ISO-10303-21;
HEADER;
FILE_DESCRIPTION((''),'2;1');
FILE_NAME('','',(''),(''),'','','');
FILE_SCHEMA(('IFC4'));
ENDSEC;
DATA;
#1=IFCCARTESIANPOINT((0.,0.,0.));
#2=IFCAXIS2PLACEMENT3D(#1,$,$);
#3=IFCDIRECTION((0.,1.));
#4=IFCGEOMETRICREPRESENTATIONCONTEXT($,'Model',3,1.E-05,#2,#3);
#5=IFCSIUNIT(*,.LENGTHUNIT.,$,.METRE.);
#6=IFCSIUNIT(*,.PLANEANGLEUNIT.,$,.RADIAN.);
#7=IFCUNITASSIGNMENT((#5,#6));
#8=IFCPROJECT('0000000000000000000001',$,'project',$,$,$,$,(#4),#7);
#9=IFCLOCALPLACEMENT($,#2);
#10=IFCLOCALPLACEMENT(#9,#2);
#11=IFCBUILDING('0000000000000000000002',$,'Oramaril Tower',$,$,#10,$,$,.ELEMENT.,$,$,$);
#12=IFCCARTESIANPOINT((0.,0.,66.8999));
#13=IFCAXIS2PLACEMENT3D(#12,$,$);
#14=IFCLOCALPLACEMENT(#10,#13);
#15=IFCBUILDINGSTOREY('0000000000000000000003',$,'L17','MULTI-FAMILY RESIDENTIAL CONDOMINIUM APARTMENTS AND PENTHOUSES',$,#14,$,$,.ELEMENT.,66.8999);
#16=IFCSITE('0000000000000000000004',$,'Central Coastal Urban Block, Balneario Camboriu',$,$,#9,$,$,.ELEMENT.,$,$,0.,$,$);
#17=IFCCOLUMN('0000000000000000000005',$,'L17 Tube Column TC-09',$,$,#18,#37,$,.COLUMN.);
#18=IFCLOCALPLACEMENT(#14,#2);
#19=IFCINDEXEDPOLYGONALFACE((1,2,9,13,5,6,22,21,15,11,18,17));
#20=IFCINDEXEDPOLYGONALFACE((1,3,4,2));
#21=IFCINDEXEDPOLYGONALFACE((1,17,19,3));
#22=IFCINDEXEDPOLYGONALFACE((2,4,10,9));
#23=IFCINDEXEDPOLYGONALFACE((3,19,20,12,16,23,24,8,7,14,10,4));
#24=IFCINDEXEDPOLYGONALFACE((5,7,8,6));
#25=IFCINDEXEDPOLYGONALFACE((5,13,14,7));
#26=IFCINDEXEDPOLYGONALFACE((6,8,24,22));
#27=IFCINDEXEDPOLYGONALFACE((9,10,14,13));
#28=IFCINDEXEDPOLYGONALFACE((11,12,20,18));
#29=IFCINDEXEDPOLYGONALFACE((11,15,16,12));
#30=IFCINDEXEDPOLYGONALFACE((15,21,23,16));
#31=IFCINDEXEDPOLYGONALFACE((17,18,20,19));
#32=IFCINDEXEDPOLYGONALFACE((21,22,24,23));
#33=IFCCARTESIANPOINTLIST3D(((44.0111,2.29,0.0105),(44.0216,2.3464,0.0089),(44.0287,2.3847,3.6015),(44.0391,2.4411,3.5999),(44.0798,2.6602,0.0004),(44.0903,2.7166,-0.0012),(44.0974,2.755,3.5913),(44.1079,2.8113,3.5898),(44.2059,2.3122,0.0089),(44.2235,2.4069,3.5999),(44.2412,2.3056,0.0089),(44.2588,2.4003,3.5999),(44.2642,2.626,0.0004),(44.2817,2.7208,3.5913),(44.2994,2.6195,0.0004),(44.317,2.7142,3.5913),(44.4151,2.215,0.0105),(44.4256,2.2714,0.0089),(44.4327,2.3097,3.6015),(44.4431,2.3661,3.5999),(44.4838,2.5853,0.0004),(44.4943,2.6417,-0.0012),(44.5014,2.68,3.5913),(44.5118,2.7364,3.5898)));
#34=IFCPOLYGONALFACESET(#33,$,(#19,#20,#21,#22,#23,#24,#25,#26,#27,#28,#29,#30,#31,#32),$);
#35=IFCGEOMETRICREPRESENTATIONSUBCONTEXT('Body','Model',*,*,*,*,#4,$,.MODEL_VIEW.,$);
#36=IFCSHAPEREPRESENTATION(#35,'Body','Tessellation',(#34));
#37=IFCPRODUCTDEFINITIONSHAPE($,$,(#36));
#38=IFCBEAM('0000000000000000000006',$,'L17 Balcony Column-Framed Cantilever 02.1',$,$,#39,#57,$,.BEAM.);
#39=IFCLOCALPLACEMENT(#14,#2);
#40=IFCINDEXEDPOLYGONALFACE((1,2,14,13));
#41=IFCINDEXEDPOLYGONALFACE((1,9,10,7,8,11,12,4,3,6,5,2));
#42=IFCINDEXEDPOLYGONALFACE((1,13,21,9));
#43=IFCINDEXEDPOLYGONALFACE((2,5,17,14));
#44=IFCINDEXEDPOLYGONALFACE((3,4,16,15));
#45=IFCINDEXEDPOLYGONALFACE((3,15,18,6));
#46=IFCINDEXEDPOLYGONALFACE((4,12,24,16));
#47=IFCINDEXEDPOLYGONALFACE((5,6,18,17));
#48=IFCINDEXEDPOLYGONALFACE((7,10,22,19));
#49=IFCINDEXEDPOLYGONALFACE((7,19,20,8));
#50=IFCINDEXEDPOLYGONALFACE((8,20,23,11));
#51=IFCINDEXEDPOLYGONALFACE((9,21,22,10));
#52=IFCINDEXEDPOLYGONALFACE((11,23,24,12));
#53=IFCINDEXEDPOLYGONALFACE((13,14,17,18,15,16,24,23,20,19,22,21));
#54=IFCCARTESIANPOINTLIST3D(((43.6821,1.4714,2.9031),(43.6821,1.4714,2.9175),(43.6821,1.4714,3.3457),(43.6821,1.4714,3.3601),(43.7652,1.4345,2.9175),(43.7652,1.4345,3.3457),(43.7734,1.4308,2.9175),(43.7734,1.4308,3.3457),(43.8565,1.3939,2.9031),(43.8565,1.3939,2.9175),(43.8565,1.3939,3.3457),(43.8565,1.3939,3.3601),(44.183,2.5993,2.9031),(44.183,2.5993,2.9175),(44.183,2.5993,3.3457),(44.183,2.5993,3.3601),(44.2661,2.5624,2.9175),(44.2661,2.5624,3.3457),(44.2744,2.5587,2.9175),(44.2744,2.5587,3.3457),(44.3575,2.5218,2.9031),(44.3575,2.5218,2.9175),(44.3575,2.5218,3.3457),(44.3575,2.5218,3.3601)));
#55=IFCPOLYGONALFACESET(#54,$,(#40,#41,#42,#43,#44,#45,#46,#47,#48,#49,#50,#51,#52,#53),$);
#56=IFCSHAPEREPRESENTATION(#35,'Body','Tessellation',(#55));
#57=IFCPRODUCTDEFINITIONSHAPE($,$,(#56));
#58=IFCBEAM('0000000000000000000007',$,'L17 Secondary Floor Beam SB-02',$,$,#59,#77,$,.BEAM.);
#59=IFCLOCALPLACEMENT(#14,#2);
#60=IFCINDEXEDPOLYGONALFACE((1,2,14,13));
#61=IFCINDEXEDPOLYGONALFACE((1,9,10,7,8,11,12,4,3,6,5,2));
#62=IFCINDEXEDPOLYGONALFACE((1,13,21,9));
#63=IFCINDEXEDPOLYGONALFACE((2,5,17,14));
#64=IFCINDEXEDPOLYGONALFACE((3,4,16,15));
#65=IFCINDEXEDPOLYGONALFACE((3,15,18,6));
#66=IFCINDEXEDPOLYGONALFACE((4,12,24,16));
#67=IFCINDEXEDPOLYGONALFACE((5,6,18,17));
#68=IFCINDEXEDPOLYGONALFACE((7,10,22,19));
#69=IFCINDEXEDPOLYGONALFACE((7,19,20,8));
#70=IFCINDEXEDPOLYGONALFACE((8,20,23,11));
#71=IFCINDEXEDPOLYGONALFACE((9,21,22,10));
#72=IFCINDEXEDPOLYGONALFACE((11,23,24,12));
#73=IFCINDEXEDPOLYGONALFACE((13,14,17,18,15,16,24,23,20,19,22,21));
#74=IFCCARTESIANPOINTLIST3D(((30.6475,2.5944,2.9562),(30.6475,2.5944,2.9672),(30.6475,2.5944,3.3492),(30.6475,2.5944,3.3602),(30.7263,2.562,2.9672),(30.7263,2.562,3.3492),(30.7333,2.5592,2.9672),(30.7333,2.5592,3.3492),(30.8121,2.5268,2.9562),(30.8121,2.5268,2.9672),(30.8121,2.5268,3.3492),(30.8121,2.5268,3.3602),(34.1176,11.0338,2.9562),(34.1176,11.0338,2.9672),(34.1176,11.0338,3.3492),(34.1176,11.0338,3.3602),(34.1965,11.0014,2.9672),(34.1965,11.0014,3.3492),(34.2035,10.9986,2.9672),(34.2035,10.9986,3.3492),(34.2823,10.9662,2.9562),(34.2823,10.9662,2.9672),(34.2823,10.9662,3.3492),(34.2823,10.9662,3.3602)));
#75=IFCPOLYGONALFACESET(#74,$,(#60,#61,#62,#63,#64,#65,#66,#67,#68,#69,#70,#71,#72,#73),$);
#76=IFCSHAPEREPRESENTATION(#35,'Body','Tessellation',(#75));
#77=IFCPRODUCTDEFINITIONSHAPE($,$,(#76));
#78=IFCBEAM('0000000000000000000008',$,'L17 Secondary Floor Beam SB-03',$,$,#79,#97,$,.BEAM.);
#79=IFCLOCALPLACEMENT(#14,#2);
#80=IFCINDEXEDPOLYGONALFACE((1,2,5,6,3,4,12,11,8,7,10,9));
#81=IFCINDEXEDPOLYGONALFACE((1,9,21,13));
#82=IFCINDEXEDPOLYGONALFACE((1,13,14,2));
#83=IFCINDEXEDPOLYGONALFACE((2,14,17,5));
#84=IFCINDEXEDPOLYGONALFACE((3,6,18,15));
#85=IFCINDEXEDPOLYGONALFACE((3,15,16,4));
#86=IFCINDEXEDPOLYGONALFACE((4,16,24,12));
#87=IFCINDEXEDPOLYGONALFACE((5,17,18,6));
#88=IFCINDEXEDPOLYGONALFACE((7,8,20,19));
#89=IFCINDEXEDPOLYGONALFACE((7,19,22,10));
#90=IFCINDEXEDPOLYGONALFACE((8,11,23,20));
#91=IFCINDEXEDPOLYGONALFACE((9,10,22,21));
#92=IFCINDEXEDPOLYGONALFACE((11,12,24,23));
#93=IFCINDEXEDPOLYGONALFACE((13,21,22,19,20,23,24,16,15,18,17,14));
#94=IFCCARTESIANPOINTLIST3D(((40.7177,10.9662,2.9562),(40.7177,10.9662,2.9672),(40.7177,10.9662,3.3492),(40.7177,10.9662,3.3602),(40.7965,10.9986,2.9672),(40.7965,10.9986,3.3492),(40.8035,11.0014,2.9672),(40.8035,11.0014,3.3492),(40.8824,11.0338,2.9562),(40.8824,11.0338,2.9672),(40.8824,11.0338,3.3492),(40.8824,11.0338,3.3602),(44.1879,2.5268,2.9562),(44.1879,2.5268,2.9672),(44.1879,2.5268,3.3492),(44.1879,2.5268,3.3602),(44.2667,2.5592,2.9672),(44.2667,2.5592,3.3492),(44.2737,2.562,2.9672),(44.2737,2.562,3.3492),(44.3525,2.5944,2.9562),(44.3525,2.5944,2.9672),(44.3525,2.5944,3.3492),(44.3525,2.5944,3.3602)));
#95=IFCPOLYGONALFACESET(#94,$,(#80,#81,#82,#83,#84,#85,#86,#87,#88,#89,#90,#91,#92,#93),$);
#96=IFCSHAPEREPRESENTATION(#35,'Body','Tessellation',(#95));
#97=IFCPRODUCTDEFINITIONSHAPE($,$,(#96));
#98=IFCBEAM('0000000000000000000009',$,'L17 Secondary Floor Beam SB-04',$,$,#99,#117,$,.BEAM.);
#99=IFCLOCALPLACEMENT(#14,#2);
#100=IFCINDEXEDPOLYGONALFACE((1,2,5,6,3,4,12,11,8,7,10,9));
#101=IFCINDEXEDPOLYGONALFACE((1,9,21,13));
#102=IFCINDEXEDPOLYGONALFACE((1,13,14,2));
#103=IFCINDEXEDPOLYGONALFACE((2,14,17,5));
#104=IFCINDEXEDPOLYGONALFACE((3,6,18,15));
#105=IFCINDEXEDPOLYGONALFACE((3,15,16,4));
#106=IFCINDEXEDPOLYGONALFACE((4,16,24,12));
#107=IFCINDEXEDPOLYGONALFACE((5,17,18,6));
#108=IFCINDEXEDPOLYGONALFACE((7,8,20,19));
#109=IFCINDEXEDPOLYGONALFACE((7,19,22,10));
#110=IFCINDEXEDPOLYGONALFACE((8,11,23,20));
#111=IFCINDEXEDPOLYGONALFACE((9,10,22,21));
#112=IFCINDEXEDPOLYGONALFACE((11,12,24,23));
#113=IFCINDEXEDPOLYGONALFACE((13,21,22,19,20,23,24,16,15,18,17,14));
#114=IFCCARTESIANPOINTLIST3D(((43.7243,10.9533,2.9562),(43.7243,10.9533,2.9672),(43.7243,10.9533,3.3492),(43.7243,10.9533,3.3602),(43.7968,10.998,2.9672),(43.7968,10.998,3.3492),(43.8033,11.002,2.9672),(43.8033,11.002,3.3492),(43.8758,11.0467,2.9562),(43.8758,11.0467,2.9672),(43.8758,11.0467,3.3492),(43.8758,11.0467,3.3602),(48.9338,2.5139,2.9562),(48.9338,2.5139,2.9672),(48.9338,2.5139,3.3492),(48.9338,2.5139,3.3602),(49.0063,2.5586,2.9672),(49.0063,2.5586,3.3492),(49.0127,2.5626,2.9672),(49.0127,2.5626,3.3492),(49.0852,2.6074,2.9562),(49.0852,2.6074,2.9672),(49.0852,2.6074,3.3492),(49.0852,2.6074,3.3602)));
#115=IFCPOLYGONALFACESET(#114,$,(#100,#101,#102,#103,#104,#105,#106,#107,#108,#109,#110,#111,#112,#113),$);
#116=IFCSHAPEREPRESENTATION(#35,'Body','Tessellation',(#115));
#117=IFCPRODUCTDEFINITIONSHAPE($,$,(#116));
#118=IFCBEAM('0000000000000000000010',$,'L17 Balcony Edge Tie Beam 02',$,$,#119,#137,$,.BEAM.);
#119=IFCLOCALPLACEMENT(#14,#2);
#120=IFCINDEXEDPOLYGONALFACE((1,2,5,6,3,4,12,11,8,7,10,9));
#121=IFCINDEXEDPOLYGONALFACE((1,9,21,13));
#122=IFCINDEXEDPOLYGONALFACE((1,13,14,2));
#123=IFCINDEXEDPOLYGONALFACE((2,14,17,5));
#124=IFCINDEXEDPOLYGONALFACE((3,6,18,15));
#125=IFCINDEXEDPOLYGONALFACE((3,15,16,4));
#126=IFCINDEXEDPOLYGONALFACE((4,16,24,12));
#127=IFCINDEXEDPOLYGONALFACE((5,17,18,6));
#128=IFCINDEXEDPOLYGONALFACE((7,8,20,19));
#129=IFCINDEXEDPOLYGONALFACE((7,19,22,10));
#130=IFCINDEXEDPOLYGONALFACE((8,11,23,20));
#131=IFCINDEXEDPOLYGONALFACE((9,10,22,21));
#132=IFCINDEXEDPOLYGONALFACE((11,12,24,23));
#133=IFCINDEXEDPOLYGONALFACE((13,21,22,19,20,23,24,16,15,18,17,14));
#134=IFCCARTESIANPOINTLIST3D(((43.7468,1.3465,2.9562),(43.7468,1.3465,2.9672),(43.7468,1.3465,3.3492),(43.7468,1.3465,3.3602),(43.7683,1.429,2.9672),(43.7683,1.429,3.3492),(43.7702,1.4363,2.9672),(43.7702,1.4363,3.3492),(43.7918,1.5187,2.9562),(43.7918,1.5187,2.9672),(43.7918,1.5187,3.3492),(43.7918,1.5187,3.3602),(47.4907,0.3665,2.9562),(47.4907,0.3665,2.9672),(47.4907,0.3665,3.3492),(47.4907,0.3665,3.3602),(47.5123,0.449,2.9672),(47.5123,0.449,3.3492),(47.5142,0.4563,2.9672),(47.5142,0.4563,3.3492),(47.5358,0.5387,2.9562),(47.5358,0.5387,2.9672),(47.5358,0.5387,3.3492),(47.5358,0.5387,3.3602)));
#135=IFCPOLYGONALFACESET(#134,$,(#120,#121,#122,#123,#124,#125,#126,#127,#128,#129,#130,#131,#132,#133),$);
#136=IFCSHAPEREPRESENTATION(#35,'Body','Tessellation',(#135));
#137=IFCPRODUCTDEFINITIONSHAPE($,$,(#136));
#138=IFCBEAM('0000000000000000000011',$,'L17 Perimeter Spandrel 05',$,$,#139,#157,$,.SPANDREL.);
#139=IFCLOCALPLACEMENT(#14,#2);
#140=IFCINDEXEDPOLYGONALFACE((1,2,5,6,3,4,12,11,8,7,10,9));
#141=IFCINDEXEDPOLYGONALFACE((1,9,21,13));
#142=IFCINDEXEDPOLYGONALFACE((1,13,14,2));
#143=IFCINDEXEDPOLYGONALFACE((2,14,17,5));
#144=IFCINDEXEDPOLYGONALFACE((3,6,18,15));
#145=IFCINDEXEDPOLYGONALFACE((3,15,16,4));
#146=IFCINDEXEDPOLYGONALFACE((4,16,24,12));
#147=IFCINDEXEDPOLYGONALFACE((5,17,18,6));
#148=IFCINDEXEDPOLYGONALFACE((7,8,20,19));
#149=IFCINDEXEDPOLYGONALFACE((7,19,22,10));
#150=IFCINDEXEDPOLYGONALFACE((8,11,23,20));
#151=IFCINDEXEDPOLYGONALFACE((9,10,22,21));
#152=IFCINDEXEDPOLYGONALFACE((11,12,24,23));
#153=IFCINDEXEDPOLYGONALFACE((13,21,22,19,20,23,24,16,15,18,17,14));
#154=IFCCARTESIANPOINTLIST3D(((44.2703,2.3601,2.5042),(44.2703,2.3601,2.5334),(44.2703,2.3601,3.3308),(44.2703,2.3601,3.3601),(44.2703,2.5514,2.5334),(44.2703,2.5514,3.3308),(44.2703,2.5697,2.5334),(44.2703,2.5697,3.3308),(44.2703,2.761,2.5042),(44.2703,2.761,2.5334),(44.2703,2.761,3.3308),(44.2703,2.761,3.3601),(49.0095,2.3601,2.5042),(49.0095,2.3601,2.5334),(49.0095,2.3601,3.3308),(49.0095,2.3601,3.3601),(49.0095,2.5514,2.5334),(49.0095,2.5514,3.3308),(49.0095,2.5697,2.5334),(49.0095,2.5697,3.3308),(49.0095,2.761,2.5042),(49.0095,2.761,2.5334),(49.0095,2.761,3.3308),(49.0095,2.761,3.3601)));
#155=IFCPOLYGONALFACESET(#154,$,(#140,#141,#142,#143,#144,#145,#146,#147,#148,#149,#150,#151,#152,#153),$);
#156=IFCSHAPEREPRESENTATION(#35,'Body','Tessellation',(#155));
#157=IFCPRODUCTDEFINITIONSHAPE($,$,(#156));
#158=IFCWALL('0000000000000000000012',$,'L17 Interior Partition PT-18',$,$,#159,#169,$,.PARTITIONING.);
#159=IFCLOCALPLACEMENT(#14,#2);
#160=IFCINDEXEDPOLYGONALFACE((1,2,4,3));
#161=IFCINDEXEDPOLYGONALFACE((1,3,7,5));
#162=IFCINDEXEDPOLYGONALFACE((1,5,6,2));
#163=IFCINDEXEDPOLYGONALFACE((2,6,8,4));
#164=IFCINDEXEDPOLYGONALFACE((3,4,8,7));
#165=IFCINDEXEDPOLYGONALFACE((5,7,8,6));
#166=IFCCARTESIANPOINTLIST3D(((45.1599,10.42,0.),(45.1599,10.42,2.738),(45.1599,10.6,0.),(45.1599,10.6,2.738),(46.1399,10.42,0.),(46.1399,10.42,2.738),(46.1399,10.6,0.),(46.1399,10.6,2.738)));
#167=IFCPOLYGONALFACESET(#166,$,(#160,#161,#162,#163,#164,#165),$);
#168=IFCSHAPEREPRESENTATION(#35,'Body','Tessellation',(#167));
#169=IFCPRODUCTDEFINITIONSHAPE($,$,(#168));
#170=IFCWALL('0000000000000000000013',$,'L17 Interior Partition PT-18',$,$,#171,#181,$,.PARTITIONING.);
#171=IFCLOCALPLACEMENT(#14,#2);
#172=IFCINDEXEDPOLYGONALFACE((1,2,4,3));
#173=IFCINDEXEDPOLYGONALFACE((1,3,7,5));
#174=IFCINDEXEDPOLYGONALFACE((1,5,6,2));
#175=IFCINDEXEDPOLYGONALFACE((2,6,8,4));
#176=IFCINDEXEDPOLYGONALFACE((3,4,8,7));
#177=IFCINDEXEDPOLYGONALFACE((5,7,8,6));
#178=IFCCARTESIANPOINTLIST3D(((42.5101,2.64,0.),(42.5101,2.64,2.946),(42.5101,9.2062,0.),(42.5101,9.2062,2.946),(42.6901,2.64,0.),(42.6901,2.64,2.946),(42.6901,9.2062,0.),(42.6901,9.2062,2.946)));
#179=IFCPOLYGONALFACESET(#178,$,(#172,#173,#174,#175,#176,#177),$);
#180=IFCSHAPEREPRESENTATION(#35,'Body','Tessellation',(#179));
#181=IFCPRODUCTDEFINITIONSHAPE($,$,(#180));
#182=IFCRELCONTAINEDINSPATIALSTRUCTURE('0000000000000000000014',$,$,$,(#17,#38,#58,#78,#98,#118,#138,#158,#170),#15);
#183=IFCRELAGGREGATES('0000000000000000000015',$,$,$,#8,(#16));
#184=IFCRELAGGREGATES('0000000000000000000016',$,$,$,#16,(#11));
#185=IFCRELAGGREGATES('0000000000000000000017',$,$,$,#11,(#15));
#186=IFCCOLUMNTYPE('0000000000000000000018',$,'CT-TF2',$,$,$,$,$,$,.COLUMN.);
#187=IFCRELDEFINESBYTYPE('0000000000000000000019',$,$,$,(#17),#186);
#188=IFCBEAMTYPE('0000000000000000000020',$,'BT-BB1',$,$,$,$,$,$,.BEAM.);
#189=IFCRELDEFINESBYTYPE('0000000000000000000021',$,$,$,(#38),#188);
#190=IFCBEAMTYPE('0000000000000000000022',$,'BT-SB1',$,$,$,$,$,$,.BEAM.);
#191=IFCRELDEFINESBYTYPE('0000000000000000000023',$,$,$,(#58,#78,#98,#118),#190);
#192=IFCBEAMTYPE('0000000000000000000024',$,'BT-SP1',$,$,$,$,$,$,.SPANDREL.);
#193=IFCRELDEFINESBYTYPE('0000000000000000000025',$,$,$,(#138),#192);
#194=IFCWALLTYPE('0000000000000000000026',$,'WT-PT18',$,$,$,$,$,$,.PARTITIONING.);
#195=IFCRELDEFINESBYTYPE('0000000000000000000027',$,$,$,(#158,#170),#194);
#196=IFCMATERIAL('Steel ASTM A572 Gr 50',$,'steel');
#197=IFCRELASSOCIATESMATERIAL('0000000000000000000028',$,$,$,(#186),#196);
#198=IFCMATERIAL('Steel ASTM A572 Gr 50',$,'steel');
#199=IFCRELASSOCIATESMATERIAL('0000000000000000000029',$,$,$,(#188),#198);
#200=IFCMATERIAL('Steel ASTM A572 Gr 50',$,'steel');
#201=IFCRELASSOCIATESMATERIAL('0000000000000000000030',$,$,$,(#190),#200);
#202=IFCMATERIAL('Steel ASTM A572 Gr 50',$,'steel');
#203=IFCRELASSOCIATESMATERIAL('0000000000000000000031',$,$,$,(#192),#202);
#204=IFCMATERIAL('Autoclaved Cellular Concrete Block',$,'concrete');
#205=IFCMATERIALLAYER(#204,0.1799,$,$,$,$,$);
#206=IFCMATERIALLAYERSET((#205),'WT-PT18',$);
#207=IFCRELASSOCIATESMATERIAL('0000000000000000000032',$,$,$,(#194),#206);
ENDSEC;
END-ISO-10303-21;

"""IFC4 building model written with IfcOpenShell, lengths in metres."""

from ifc_helpers import new_model, si_unit, direction, frame, frame_2d, origin, origin_2d, place, context, subcontext, project, spatial, rectangle, i_section, extrude, material, layer, layer_set, material_profile, profile_set, type_object, element, save


model = new_model("IFC4")

# Units and contexts
model_context = context("Model", 3, precision=1e-05, world=origin(), true_north=direction((0.0, 1.0)))
body_context = subcontext(model_context, "Body", "Model", "MODEL_VIEW")
ifc_project = project(units=[si_unit("LENGTHUNIT", "METRE"), si_unit("PLANEANGLEUNIT", "RADIAN")], contexts=[model_context])

# Site, building, storey
site_placement = place(None, origin())
site = spatial("IfcSite", under=ifc_project, at=site_placement, Name="Central Coastal Urban Block, Balneario Camboriu", CompositionType="ELEMENT", RefElevation=0.0)
building_placement = place(site_placement, origin())
building = spatial("IfcBuilding", under=site, at=building_placement, Name="Oramaril Tower", CompositionType="ELEMENT")
storey_placement = place(building_placement, frame((0.0, 0.0, 66.8999)))
storey = spatial("IfcBuildingStorey", under=building, at=storey_placement, Name="L17", Description="MULTI-FAMILY RESIDENTIAL CONDOMINIUM APARTMENTS AND PENTHOUSES", CompositionType="ELEMENT", Elevation=66.8999)

# Column
ifc_material_1 = material(Name="Steel ASTM A572 Gr 50", Category="steel")
ifc_material_profile_1 = material_profile(ifc_material_1, i_section(OverallWidth=0.4109, OverallDepth=0.4341, WebThickness=0.0359, FlangeThickness=0.0574, at=origin_2d()), Name="W14X311")
ifc_profile_set_1 = profile_set([ifc_material_profile_1], Name="Steel ASTM A572 Gr 50")
column_type = type_object("IfcColumnType", Name="CT-TF2", PredefinedType="COLUMN", material=ifc_profile_set_1)
column_placement = place(storey_placement, frame((44.2527, 2.4658, 0.0046), z_axis=(0.004893, 0.026369, 0.99964), x_axis=(-0.983215, 0.182452, 0.0)))
element("IfcColumn", 1, at=column_placement, inside=storey, type_object=column_type, Name="L17 Tube Column TC-09", PredefinedType="COLUMN", context=body_context, shape_type="SweptSolid", body=[
    extrude(i_section(OverallWidth=0.4109, OverallDepth=0.4341, WebThickness=0.0359, FlangeThickness=0.0574, at=origin_2d()), origin(), (0.0, 0.0, 1.0), 3.5923),
])

# Beams
ifc_material_2 = material(Name="Steel ASTM A572 Gr 50", Category="steel")
ifc_material_profile_2 = material_profile(ifc_material_2, i_section(OverallWidth=0.1909, OverallDepth=0.457, WebThickness=0.009, FlangeThickness=0.0144, at=origin_2d()), Name="W18X50")
ifc_profile_set_2 = profile_set([ifc_material_profile_2], Name="Steel ASTM A572 Gr 50")
beam_type_1 = type_object("IfcBeamType", Name="BT-BB1", PredefinedType="BEAM", material=ifc_profile_set_2)
beam_1_placement = place(storey_placement, frame((44.2703, 2.5605, 3.1316), z_axis=(-0.405918, -0.913909, 0.0), x_axis=(0.913909, -0.405918, 0.0)))
element("IfcBeam", 2, at=beam_1_placement, inside=storey, type_object=beam_type_1, Name="L17 Balcony Column-Framed Cantilever 02.1", PredefinedType="BEAM", context=body_context, shape_type="SweptSolid", body=[
    extrude(i_section(OverallWidth=0.1909, OverallDepth=0.457, WebThickness=0.009, FlangeThickness=0.0144, at=origin_2d()), origin(), (0.0, 0.0, 1.0), 1.2341),
])
ifc_material_3 = material(Name="Steel ASTM A572 Gr 50", Category="steel")
ifc_material_profile_3 = material_profile(ifc_material_3, i_section(OverallWidth=0.178, OverallDepth=0.4041, WebThickness=0.0076, FlangeThickness=0.011, at=origin_2d()), Name="W16X36")
ifc_profile_set_3 = profile_set([ifc_material_profile_3], Name="Steel ASTM A572 Gr 50")
beam_type_2 = type_object("IfcBeamType", Name="BT-SB1", PredefinedType="BEAM", material=ifc_profile_set_3)
for number, where, z_axis, x_axis, name in (
    (3, (34.2, 11.0, 3.1582), (-0.380295, -0.924865, 0.0), (0.924865, -0.380295, 0.0), "L17 Secondary Floor Beam SB-02"),
    (4, (40.8, 11.0, 3.1582), (0.380295, -0.924865, 0.0), (0.924865, 0.380295, 0.0), "L17 Secondary Floor Beam SB-03"),
):
    element("IfcBeam", number, at=place(storey_placement, frame(where, z_axis=z_axis, x_axis=x_axis)), inside=storey, type_object=beam_type_2, Name=name, PredefinedType="BEAM", context=body_context, shape_type="SweptSolid", body=[
        extrude(i_section(OverallWidth=0.178, OverallDepth=0.4041, WebThickness=0.0076, FlangeThickness=0.011, at=origin_2d()), origin(), (0.0, 0.0, 1.0), 9.125),
    ])
beam_2_placement = place(storey_placement, frame((43.8, 11.0, 3.1582), z_axis=(0.525264, -0.850939, 0.0), x_axis=(0.850939, 0.525264, 0.0)))
element("IfcBeam", 5, at=beam_2_placement, inside=storey, type_object=beam_type_2, Name="L17 Secondary Floor Beam SB-04", PredefinedType="BEAM", context=body_context, shape_type="SweptSolid", body=[
    extrude(i_section(OverallWidth=0.178, OverallDepth=0.4041, WebThickness=0.0076, FlangeThickness=0.011, at=origin_2d()), origin(), (0.0, 0.0, 1.0), 9.9177),
])
beam_3_placement = place(storey_placement, frame((43.7693, 1.4326, 3.1582), z_axis=(0.967408, -0.253223, 0.0), x_axis=(0.253223, 0.967408, 0.0)))
element("IfcBeam", 6, at=beam_3_placement, inside=storey, type_object=beam_type_2, Name="L17 Balcony Edge Tie Beam 02", PredefinedType="BEAM", context=body_context, shape_type="SweptSolid", body=[
    extrude(i_section(OverallWidth=0.178, OverallDepth=0.4041, WebThickness=0.0076, FlangeThickness=0.011, at=origin_2d()), origin(), (0.0, 0.0, 1.0), 3.8701),
])
ifc_material_4 = material(Name="Steel ASTM A572 Gr 50", Category="steel")
ifc_material_profile_4 = material_profile(ifc_material_4, i_section(OverallWidth=0.4009, OverallDepth=0.856, WebThickness=0.0183, FlangeThickness=0.0293, at=origin_2d()), Name="W33X201")
ifc_profile_set_4 = profile_set([ifc_material_profile_4], Name="Steel ASTM A572 Gr 50")
beam_type_3 = type_object("IfcBeamType", Name="BT-SP1", PredefinedType="SPANDREL", material=ifc_profile_set_4)
beam_4_placement = place(storey_placement, frame((44.2703, 2.5605, 2.9321), z_axis=(1.0, 0.0, 0.0), x_axis=(0.0, 1.0, 0.0)))
element("IfcBeam", 7, at=beam_4_placement, inside=storey, type_object=beam_type_3, Name="L17 Perimeter Spandrel 05", PredefinedType="SPANDREL", context=body_context, shape_type="SweptSolid", body=[
    extrude(i_section(OverallWidth=0.4009, OverallDepth=0.856, WebThickness=0.0183, FlangeThickness=0.0293, at=origin_2d()), origin(), (0.0, 0.0, 1.0), 4.7393),
])

# Walls
ifc_material_5 = material(Name="Autoclaved Cellular Concrete Block", Category="concrete")
ifc_layer_1 = layer(ifc_material_5, 0.1799)
ifc_layer_set_1 = layer_set([ifc_layer_1], Name="WT-PT18")
wall_type_1 = type_object("IfcWallType", Name="WT-PT18", PredefinedType="PARTITIONING", material=ifc_layer_set_1)
wall_1_placement = place(storey_placement, frame((45.1599, 10.51, 0.0), z_axis=(0.0, 0.0, 1.0), x_axis=(1.0, 0.0, 0.0)))
element("IfcWall", 8, at=wall_1_placement, inside=storey, type_object=wall_type_1, Name="L17 Interior Partition PT-18", PredefinedType="PARTITIONING", context=body_context, shape_type="SweptSolid", body=[
    extrude(rectangle(XDim=0.98, YDim=0.1799, at=frame_2d((0.49, 0.0))), origin(), (0.0, 0.0, 1.0), 2.738),
])
wall_2_placement = place(storey_placement, frame((42.6001, 2.6399, 0.0), z_axis=(0.0, 0.0, 1.0), x_axis=(0.0, 1.0, 0.0)))
element("IfcWall", 9, at=wall_2_placement, inside=storey, type_object=wall_type_1, Name="L17 Interior Partition PT-18", PredefinedType="PARTITIONING", context=body_context, shape_type="SweptSolid", body=[
    extrude(rectangle(XDim=6.5662, YDim=0.1799, at=frame_2d((3.2832, 0.0))), origin(), (0.0, 0.0, 1.0), 2.946),
])

save(model, "model.ifc")
